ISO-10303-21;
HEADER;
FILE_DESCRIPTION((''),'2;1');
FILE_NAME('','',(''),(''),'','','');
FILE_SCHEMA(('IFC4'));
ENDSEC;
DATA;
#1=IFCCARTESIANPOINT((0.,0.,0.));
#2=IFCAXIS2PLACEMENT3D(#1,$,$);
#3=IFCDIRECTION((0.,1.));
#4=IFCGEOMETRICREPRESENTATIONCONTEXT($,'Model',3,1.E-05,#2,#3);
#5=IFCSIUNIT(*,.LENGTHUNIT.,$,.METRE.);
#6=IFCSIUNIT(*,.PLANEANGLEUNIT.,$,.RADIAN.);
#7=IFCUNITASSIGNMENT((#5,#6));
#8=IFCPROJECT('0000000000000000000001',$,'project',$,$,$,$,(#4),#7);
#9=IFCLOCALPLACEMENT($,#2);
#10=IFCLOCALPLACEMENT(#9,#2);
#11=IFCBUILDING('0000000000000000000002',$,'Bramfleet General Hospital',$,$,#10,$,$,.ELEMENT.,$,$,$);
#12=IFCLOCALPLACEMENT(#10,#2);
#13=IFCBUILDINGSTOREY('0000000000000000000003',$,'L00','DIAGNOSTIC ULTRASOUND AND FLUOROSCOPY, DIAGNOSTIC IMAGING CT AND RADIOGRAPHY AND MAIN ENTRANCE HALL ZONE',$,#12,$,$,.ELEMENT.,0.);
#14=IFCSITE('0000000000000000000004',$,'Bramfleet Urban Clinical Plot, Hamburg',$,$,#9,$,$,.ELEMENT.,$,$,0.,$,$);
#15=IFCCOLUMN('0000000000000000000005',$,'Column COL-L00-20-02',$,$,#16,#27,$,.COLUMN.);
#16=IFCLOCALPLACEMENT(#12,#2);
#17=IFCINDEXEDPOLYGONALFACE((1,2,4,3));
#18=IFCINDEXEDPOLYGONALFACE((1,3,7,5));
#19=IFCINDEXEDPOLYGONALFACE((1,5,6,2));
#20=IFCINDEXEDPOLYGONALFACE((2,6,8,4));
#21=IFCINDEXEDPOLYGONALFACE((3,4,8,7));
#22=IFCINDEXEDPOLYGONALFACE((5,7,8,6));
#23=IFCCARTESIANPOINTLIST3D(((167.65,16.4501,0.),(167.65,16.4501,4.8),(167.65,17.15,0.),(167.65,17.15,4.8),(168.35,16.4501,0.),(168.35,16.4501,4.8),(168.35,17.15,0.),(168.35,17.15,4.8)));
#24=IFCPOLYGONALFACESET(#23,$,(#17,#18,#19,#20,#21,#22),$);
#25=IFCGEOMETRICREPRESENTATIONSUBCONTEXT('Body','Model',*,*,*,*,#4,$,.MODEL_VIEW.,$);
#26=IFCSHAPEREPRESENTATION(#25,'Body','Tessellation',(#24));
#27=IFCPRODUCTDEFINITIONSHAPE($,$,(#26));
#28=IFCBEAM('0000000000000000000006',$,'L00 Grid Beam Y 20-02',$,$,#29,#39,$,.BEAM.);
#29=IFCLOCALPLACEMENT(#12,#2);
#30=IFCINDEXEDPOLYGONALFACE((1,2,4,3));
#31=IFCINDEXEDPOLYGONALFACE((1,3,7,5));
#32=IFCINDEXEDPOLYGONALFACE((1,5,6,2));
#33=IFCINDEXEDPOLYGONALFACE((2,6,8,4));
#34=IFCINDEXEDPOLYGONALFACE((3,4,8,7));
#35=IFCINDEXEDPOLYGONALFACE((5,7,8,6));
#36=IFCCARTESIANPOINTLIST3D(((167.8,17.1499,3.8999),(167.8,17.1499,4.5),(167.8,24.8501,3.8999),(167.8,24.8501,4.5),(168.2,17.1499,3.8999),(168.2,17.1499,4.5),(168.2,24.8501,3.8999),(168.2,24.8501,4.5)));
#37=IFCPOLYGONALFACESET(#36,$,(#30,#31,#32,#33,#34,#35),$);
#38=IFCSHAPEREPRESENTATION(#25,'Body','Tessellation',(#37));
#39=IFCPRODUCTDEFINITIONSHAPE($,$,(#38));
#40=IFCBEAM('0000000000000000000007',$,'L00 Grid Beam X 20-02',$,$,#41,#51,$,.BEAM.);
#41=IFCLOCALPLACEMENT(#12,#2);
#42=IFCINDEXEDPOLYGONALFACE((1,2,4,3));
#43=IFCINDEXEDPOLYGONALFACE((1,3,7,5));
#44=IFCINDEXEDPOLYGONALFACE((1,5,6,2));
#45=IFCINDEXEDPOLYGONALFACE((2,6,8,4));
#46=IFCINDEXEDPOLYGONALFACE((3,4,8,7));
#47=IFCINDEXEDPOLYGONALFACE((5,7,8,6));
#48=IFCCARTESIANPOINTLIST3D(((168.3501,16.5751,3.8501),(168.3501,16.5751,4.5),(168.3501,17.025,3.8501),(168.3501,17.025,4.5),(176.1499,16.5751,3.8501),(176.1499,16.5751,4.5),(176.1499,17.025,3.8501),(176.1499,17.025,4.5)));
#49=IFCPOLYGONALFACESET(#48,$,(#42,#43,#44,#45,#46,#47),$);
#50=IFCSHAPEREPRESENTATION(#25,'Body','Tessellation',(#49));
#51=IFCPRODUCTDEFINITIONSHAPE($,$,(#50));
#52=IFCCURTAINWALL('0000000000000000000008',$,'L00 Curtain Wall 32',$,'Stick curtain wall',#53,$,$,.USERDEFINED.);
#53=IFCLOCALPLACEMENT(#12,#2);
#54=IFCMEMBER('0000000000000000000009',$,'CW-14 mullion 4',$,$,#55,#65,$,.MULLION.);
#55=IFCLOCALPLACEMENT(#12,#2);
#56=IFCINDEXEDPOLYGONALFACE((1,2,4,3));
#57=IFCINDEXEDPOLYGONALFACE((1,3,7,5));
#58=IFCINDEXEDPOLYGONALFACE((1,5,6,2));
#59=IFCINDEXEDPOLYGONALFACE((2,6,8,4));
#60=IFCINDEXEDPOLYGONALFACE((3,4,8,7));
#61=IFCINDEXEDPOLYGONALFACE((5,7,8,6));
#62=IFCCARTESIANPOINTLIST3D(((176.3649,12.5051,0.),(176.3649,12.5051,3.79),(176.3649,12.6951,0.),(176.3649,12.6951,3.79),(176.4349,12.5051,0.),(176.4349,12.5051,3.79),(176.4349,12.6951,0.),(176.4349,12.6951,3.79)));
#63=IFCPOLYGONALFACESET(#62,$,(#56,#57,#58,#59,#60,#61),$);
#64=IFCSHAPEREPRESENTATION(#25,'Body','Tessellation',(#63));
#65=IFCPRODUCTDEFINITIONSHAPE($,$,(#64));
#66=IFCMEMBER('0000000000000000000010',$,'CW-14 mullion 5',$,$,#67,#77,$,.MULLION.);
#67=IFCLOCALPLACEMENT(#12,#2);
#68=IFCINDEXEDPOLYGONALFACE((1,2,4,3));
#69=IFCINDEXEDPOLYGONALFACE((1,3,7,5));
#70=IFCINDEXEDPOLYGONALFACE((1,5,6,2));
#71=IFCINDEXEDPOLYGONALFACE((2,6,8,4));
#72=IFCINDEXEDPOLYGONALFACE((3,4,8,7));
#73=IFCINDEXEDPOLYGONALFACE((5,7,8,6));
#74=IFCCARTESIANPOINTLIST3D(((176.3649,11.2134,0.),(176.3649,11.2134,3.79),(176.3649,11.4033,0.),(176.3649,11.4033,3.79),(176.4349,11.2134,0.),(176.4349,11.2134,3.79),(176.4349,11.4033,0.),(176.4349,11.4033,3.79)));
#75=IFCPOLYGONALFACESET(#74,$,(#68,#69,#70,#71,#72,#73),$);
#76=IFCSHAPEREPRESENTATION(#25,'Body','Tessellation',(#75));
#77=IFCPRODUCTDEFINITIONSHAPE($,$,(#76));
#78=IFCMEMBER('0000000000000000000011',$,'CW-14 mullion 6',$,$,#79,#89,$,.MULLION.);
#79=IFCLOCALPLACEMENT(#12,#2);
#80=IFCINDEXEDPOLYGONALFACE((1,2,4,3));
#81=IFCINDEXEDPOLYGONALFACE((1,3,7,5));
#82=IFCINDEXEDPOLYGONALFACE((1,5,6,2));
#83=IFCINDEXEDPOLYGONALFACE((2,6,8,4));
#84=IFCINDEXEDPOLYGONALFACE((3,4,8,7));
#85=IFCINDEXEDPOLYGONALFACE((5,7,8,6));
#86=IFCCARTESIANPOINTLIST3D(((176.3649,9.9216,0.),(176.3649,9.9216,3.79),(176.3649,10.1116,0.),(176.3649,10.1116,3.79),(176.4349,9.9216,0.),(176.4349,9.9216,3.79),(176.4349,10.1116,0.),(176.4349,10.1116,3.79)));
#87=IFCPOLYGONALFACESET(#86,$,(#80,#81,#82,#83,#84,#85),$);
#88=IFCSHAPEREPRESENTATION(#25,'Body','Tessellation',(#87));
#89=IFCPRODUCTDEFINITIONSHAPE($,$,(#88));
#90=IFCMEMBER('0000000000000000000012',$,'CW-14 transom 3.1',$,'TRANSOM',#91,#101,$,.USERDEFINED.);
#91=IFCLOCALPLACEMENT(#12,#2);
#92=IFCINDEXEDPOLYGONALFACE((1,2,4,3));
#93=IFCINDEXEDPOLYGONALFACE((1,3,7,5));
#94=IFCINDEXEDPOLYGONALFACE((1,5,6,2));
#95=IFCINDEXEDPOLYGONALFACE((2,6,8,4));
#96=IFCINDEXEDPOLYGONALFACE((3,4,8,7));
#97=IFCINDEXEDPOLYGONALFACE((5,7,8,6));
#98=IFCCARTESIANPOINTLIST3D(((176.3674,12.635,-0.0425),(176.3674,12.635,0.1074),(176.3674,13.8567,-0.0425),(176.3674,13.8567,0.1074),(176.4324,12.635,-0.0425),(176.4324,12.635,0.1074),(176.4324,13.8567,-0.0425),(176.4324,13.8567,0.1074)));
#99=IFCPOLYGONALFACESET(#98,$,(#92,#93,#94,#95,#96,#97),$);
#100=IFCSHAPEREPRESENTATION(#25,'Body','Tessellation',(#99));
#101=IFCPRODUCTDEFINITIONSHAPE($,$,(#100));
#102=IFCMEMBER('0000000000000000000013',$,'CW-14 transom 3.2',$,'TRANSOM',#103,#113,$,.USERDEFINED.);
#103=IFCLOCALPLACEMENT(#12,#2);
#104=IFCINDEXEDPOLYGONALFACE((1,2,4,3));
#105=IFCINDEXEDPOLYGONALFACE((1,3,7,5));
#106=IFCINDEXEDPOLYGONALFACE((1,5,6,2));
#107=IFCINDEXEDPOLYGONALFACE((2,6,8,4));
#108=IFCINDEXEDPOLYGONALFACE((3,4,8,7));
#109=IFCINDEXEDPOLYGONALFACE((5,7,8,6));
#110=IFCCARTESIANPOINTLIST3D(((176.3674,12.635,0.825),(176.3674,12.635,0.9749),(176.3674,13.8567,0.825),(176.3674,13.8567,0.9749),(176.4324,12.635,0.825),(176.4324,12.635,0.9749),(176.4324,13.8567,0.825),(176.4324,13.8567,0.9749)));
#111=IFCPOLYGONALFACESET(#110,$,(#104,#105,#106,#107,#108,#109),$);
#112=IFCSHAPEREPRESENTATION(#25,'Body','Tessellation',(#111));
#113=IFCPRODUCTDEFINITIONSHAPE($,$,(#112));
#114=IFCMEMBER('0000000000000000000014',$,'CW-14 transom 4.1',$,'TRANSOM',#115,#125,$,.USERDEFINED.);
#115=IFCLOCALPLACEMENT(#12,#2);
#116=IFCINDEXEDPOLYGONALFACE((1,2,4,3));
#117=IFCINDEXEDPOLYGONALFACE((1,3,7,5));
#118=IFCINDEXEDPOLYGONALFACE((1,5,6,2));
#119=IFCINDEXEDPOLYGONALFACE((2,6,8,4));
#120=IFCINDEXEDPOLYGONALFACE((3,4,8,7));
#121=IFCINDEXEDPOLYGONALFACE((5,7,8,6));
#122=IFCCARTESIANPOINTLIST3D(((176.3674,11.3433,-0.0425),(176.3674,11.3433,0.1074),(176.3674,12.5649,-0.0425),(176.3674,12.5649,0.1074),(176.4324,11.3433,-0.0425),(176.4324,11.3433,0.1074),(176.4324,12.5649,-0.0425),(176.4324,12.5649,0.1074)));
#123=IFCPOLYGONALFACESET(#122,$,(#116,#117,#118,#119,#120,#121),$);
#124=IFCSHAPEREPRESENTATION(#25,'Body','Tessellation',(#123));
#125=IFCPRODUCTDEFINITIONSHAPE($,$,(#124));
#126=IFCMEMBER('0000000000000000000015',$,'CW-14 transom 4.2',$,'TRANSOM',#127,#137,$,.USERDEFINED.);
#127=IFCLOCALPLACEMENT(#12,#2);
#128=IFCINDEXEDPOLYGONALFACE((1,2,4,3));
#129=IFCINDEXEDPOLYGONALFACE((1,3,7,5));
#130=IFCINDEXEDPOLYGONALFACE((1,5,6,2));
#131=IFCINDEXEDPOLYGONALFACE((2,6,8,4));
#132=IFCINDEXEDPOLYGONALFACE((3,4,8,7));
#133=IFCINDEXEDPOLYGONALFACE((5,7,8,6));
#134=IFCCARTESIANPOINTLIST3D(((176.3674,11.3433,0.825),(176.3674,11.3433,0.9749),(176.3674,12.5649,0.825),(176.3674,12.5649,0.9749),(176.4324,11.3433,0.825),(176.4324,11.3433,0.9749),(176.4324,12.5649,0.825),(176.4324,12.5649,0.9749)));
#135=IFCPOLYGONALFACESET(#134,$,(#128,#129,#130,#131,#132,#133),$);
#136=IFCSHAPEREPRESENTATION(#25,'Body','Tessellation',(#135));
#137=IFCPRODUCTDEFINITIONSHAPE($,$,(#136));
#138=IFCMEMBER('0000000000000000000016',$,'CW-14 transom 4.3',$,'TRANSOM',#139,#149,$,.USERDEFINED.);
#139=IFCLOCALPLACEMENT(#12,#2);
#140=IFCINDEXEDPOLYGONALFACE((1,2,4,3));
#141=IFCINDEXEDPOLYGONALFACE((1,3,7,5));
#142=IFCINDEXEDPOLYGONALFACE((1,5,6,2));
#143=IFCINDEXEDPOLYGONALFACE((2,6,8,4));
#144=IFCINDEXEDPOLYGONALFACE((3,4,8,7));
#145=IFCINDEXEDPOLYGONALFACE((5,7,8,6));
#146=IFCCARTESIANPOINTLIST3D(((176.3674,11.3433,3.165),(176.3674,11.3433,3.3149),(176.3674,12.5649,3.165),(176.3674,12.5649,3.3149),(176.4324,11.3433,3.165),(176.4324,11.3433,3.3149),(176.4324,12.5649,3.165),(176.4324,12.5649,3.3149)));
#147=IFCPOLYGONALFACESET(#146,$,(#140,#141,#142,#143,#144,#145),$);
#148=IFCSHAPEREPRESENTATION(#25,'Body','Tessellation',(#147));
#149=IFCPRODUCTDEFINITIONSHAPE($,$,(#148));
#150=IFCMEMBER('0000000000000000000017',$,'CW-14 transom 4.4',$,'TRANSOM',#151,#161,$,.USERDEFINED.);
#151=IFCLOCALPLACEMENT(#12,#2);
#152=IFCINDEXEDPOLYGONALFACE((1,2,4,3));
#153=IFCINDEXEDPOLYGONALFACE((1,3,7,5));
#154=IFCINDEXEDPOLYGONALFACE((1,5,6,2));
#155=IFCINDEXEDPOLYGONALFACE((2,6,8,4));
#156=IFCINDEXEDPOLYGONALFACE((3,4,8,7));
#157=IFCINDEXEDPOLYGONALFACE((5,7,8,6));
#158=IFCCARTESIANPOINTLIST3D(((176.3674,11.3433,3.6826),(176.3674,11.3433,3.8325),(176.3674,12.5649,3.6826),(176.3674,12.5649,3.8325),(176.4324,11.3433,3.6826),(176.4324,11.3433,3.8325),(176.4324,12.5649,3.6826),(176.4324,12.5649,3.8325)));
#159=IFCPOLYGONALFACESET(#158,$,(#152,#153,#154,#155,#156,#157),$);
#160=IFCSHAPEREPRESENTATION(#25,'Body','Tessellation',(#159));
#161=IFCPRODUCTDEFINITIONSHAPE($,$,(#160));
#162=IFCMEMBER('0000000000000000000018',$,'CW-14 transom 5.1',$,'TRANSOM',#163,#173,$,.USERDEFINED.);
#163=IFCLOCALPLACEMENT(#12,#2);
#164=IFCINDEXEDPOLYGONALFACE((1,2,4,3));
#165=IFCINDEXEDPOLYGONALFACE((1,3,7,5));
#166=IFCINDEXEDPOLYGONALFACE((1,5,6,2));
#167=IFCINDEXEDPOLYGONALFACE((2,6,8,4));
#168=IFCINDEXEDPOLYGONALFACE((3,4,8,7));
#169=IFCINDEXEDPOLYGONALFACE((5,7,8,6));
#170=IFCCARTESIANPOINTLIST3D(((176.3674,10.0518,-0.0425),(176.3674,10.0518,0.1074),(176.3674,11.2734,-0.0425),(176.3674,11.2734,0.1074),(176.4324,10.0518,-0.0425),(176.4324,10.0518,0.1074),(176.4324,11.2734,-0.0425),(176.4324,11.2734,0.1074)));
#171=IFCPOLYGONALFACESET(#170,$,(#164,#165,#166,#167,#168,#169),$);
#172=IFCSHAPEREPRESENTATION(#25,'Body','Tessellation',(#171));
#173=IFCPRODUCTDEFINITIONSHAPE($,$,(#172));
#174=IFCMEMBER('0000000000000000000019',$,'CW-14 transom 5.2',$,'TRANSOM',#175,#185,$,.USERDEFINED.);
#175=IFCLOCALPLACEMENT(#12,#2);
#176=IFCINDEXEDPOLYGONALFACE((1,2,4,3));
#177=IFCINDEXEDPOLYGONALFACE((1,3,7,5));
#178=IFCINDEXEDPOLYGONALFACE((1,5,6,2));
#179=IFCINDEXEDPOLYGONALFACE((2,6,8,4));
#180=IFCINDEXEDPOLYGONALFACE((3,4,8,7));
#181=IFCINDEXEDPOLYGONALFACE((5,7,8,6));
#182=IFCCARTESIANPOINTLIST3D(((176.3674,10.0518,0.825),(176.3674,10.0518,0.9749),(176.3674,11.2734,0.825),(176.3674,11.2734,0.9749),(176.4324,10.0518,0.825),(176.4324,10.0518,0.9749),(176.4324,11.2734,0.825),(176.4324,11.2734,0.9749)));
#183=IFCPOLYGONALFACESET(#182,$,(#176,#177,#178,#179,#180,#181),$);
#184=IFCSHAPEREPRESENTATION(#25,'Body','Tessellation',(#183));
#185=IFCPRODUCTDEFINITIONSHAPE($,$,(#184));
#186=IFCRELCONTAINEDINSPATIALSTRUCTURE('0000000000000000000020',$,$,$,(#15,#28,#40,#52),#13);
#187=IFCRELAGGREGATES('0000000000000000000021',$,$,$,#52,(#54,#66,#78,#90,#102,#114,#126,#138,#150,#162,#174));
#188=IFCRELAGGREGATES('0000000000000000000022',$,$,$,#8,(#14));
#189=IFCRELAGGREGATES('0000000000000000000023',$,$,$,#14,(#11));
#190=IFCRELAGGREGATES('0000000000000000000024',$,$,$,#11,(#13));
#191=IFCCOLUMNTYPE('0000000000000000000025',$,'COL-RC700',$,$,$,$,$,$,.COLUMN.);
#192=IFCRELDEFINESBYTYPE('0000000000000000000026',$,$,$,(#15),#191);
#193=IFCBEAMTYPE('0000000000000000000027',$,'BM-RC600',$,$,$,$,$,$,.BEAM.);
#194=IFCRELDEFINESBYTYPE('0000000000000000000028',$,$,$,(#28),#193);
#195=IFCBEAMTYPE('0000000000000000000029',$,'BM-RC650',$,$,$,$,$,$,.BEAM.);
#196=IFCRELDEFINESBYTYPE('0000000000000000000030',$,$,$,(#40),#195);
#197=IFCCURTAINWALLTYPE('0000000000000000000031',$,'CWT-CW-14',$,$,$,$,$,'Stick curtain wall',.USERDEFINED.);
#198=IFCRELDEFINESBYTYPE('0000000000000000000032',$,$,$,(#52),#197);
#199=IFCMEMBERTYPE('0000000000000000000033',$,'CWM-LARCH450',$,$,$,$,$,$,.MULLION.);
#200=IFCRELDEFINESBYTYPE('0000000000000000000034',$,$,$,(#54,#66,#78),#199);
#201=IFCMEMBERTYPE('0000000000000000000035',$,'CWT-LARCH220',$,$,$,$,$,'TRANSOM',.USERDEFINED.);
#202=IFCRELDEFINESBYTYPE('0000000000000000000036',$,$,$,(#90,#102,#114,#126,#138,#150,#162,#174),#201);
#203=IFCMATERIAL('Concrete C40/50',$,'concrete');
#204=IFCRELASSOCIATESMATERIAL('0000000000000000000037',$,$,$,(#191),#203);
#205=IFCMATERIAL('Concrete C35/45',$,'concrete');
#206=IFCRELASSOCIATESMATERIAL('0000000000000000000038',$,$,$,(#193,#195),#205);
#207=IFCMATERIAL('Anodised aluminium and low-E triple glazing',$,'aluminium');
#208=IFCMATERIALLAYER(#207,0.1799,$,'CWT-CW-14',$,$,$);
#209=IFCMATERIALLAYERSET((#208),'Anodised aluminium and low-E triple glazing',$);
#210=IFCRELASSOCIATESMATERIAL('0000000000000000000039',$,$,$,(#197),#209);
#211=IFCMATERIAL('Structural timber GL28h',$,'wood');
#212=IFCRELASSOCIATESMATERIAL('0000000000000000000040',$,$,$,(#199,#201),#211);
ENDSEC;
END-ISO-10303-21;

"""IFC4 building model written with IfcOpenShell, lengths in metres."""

from ifc_helpers import new_model, si_unit, direction, frame, origin, origin_2d, place, context, subcontext, project, spatial, rectangle, extrude, material, layer, layer_set, material_profile, profile_set, type_object, element, aggregate, save


model = new_model("IFC4")

# Units and contexts
model_context = context("Model", 3, precision=1e-05, world=origin(), true_north=direction((0.0, 1.0)))
body_context = subcontext(model_context, "Body", "Model", "MODEL_VIEW")
ifc_project = project(units=[si_unit("LENGTHUNIT", "METRE"), si_unit("PLANEANGLEUNIT", "RADIAN")], contexts=[model_context])

# Site, building, storey
site_placement = place(None, origin())
site = spatial("IfcSite", under=ifc_project, at=site_placement, Name="Bramfleet Urban Clinical Plot, Hamburg", CompositionType="ELEMENT", RefElevation=0.0)
building_placement = place(site_placement, origin())
building = spatial("IfcBuilding", under=site, at=building_placement, Name="Bramfleet General Hospital", CompositionType="ELEMENT")
storey_placement = place(building_placement, origin())
storey = spatial("IfcBuildingStorey", under=building, at=storey_placement, Name="L00", Description="DIAGNOSTIC ULTRASOUND AND FLUOROSCOPY, DIAGNOSTIC IMAGING CT AND RADIOGRAPHY AND MAIN ENTRANCE HALL ZONE", CompositionType="ELEMENT", Elevation=0.0)

# Column
ifc_material_1 = material(Name="Concrete C40/50", Category="concrete")
ifc_material_profile_1 = material_profile(ifc_material_1, rectangle(XDim=0.7, YDim=0.7, at=origin_2d()), Name="RC COL 700x700")
ifc_profile_set_1 = profile_set([ifc_material_profile_1], Name="Concrete C40/50")
column_type = type_object("IfcColumnType", Name="COL-RC700", PredefinedType="COLUMN", material=ifc_profile_set_1)
column_placement = place(storey_placement, frame((168.0, 16.8, 0.0), z_axis=(0.0, 0.0, 1.0), x_axis=(1.0, 0.0, 0.0)))
element("IfcColumn", 1, at=column_placement, inside=storey, type_object=column_type, Name="Column COL-L00-20-02", PredefinedType="COLUMN", context=body_context, shape_type="SweptSolid", body=[
    extrude(rectangle(XDim=0.7, YDim=0.7, at=origin_2d()), origin(), (0.0, 0.0, 1.0), 4.8),
])

# Beams
ifc_material_2 = material(Name="Concrete C35/45", Category="concrete")
ifc_material_profile_2 = material_profile(ifc_material_2, rectangle(XDim=0.3999, YDim=0.6001, at=origin_2d()), Name="RC BM 600x400")
ifc_profile_set_2 = profile_set([ifc_material_profile_2], Name="Concrete C35/45")
beam_type_1 = type_object("IfcBeamType", Name="BM-RC600", PredefinedType="BEAM", material=ifc_profile_set_2)
beam_1_placement = place(storey_placement, frame((168.0, 17.1499, 4.2), z_axis=(0.0, 1.0, 0.0), x_axis=(-1.0, 0.0, 0.0)))
element("IfcBeam", 2, at=beam_1_placement, inside=storey, type_object=beam_type_1, Name="L00 Grid Beam Y 20-02", PredefinedType="BEAM", context=body_context, shape_type="SweptSolid", body=[
    extrude(rectangle(XDim=0.3999, YDim=0.6001, at=origin_2d()), origin(), (0.0, 0.0, 1.0), 7.7002),
])
ifc_material_profile_3 = material_profile(ifc_material_2, rectangle(XDim=0.45, YDim=0.6499, at=origin_2d()), Name="RC BM 650x450")
ifc_profile_set_3 = profile_set([ifc_material_profile_3], Name="Concrete C35/45")
beam_type_2 = type_object("IfcBeamType", Name="BM-RC650", PredefinedType="BEAM", material=ifc_profile_set_3)
beam_2_placement = place(storey_placement, frame((168.3501, 16.8, 4.175), z_axis=(1.0, 0.0, 0.0), x_axis=(0.0, 1.0, 0.0)))
element("IfcBeam", 3, at=beam_2_placement, inside=storey, type_object=beam_type_2, Name="L00 Grid Beam X 20-02", PredefinedType="BEAM", context=body_context, shape_type="SweptSolid", body=[
    extrude(rectangle(XDim=0.45, YDim=0.6499, at=origin_2d()), origin(), (0.0, 0.0, 1.0), 7.7998),
])

# Curtain wall, members
ifc_material_3 = material(Name="Anodised aluminium and low-E triple glazing", Category="aluminium")
ifc_layer_1 = layer(ifc_material_3, 0.1799, Name="CWT-CW-14")
ifc_layer_set_1 = layer_set([ifc_layer_1], Name="Anodised aluminium and low-E triple glazing")
curtain_wall_type = type_object("IfcCurtainWallType", Name="CWT-CW-14", ElementType="Stick curtain wall", PredefinedType="USERDEFINED", material=ifc_layer_set_1)
curtain_wall_placement = place(storey_placement, origin())
curtain_wall = element("IfcCurtainWall", 4, at=curtain_wall_placement, inside=storey, type_object=curtain_wall_type, Name="L00 Curtain Wall 32", ObjectType="Stick curtain wall", PredefinedType="USERDEFINED")
ifc_material_4 = material(Name="Structural timber GL28h", Category="wood")
ifc_material_profile_4 = material_profile(ifc_material_4, rectangle(XDim=0.0701, YDim=0.1899, at=origin_2d()), Name="LARCH 190x70")
ifc_profile_set_4 = profile_set([ifc_material_profile_4], Name="Structural timber GL28h")
member_type_1 = type_object("IfcMemberType", Name="CWM-LARCH450", PredefinedType="MULLION", material=ifc_profile_set_4)
member_1_placement = place(storey_placement, frame((176.3999, 12.6001, 0.0), z_axis=(0.0, 0.0, 1.0), x_axis=(1.0, 0.0, 0.0)))
member_1 = element("IfcMember", 5, at=member_1_placement, type_object=member_type_1, Name="CW-14 mullion 4", PredefinedType="MULLION", context=body_context, shape_type="SweptSolid", body=[
    extrude(rectangle(XDim=0.0701, YDim=0.1899, at=origin_2d()), origin(), (0.0, 0.0, 1.0), 3.79),
])
member_2_placement = place(storey_placement, frame((176.3999, 11.3083, 0.0), z_axis=(0.0, 0.0, 1.0), x_axis=(1.0, 0.0, 0.0)))
member_2 = element("IfcMember", 6, at=member_2_placement, type_object=member_type_1, Name="CW-14 mullion 5", PredefinedType="MULLION", context=body_context, shape_type="SweptSolid", body=[
    extrude(rectangle(XDim=0.0701, YDim=0.1899, at=origin_2d()), origin(), (0.0, 0.0, 1.0), 3.79),
])
member_3_placement = place(storey_placement, frame((176.3999, 10.0166, 0.0), z_axis=(0.0, 0.0, 1.0), x_axis=(1.0, 0.0, 0.0)))
member_3 = element("IfcMember", 7, at=member_3_placement, type_object=member_type_1, Name="CW-14 mullion 6", PredefinedType="MULLION", context=body_context, shape_type="SweptSolid", body=[
    extrude(rectangle(XDim=0.0701, YDim=0.1899, at=origin_2d()), origin(), (0.0, 0.0, 1.0), 3.79),
])
ifc_material_profile_5 = material_profile(ifc_material_4, rectangle(XDim=0.0649, YDim=0.1499, at=origin_2d()), Name="LARCH 150x65")
ifc_profile_set_5 = profile_set([ifc_material_profile_5], Name="Structural timber GL28h")
member_type_2 = type_object("IfcMemberType", Name="CWT-LARCH220", ElementType="TRANSOM", PredefinedType="USERDEFINED", material=ifc_profile_set_5)
member_4_placement = place(storey_placement, frame((176.3999, 13.8567, 0.0325), z_axis=(0.0, -1.0, 0.0), x_axis=(1.0, 0.0, 0.0)))
member_4 = element("IfcMember", 8, at=member_4_placement, type_object=member_type_2, Name="CW-14 transom 3.1", ObjectType="TRANSOM", PredefinedType="USERDEFINED", context=body_context, shape_type="SweptSolid", body=[
    extrude(rectangle(XDim=0.0649, YDim=0.1499, at=origin_2d()), origin(), (0.0, 0.0, 1.0), 1.2217),
])
member_5_placement = place(storey_placement, frame((176.3999, 13.8567, 0.8999), z_axis=(0.0, -1.0, 0.0), x_axis=(1.0, 0.0, 0.0)))
member_5 = element("IfcMember", 9, at=member_5_placement, type_object=member_type_2, Name="CW-14 transom 3.2", ObjectType="TRANSOM", PredefinedType="USERDEFINED", context=body_context, shape_type="SweptSolid", body=[
    extrude(rectangle(XDim=0.0649, YDim=0.1499, at=origin_2d()), origin(), (0.0, 0.0, 1.0), 1.2217),
])
member_6_placement = place(storey_placement, frame((176.3999, 12.5649, 0.0325), z_axis=(0.0, -1.0, 0.0), x_axis=(1.0, 0.0, 0.0)))
member_6 = element("IfcMember", 10, at=member_6_placement, type_object=member_type_2, Name="CW-14 transom 4.1", ObjectType="TRANSOM", PredefinedType="USERDEFINED", context=body_context, shape_type="SweptSolid", body=[
    extrude(rectangle(XDim=0.0649, YDim=0.1499, at=origin_2d()), origin(), (0.0, 0.0, 1.0), 1.2217),
])
member_7_placement = place(storey_placement, frame((176.3999, 12.5649, 0.8999), z_axis=(0.0, -1.0, 0.0), x_axis=(1.0, 0.0, 0.0)))
member_7 = element("IfcMember", 11, at=member_7_placement, type_object=member_type_2, Name="CW-14 transom 4.2", ObjectType="TRANSOM", PredefinedType="USERDEFINED", context=body_context, shape_type="SweptSolid", body=[
    extrude(rectangle(XDim=0.0649, YDim=0.1499, at=origin_2d()), origin(), (0.0, 0.0, 1.0), 1.2217),
])
member_8_placement = place(storey_placement, frame((176.3999, 12.5649, 3.24), z_axis=(0.0, -1.0, 0.0), x_axis=(1.0, 0.0, 0.0)))
member_8 = element("IfcMember", 12, at=member_8_placement, type_object=member_type_2, Name="CW-14 transom 4.3", ObjectType="TRANSOM", PredefinedType="USERDEFINED", context=body_context, shape_type="SweptSolid", body=[
    extrude(rectangle(XDim=0.0649, YDim=0.1499, at=origin_2d()), origin(), (0.0, 0.0, 1.0), 1.2217),
])
member_9_placement = place(storey_placement, frame((176.3999, 12.5649, 3.7576), z_axis=(0.0, -1.0, 0.0), x_axis=(1.0, 0.0, 0.0)))
member_9 = element("IfcMember", 13, at=member_9_placement, type_object=member_type_2, Name="CW-14 transom 4.4", ObjectType="TRANSOM", PredefinedType="USERDEFINED", context=body_context, shape_type="SweptSolid", body=[
    extrude(rectangle(XDim=0.0649, YDim=0.1499, at=origin_2d()), origin(), (0.0, 0.0, 1.0), 1.2217),
])
member_10_placement = place(storey_placement, frame((176.3999, 11.2734, 0.0325), z_axis=(0.0, -1.0, 0.0), x_axis=(1.0, 0.0, 0.0)))
member_10 = element("IfcMember", 14, at=member_10_placement, type_object=member_type_2, Name="CW-14 transom 5.1", ObjectType="TRANSOM", PredefinedType="USERDEFINED", context=body_context, shape_type="SweptSolid", body=[
    extrude(rectangle(XDim=0.0649, YDim=0.1499, at=origin_2d()), origin(), (0.0, 0.0, 1.0), 1.2217),
])
member_11_placement = place(storey_placement, frame((176.3999, 11.2734, 0.8999), z_axis=(0.0, -1.0, 0.0), x_axis=(1.0, 0.0, 0.0)))
member_11 = element("IfcMember", 15, at=member_11_placement, type_object=member_type_2, Name="CW-14 transom 5.2", ObjectType="TRANSOM", PredefinedType="USERDEFINED", context=body_context, shape_type="SweptSolid", body=[
    extrude(rectangle(XDim=0.0649, YDim=0.1499, at=origin_2d()), origin(), (0.0, 0.0, 1.0), 1.2217),
])
aggregate(curtain_wall, [member_1, member_2, member_3, member_4, member_5, member_6, member_7, member_8, member_9, member_10, member_11])

save(model, "model.ifc")
